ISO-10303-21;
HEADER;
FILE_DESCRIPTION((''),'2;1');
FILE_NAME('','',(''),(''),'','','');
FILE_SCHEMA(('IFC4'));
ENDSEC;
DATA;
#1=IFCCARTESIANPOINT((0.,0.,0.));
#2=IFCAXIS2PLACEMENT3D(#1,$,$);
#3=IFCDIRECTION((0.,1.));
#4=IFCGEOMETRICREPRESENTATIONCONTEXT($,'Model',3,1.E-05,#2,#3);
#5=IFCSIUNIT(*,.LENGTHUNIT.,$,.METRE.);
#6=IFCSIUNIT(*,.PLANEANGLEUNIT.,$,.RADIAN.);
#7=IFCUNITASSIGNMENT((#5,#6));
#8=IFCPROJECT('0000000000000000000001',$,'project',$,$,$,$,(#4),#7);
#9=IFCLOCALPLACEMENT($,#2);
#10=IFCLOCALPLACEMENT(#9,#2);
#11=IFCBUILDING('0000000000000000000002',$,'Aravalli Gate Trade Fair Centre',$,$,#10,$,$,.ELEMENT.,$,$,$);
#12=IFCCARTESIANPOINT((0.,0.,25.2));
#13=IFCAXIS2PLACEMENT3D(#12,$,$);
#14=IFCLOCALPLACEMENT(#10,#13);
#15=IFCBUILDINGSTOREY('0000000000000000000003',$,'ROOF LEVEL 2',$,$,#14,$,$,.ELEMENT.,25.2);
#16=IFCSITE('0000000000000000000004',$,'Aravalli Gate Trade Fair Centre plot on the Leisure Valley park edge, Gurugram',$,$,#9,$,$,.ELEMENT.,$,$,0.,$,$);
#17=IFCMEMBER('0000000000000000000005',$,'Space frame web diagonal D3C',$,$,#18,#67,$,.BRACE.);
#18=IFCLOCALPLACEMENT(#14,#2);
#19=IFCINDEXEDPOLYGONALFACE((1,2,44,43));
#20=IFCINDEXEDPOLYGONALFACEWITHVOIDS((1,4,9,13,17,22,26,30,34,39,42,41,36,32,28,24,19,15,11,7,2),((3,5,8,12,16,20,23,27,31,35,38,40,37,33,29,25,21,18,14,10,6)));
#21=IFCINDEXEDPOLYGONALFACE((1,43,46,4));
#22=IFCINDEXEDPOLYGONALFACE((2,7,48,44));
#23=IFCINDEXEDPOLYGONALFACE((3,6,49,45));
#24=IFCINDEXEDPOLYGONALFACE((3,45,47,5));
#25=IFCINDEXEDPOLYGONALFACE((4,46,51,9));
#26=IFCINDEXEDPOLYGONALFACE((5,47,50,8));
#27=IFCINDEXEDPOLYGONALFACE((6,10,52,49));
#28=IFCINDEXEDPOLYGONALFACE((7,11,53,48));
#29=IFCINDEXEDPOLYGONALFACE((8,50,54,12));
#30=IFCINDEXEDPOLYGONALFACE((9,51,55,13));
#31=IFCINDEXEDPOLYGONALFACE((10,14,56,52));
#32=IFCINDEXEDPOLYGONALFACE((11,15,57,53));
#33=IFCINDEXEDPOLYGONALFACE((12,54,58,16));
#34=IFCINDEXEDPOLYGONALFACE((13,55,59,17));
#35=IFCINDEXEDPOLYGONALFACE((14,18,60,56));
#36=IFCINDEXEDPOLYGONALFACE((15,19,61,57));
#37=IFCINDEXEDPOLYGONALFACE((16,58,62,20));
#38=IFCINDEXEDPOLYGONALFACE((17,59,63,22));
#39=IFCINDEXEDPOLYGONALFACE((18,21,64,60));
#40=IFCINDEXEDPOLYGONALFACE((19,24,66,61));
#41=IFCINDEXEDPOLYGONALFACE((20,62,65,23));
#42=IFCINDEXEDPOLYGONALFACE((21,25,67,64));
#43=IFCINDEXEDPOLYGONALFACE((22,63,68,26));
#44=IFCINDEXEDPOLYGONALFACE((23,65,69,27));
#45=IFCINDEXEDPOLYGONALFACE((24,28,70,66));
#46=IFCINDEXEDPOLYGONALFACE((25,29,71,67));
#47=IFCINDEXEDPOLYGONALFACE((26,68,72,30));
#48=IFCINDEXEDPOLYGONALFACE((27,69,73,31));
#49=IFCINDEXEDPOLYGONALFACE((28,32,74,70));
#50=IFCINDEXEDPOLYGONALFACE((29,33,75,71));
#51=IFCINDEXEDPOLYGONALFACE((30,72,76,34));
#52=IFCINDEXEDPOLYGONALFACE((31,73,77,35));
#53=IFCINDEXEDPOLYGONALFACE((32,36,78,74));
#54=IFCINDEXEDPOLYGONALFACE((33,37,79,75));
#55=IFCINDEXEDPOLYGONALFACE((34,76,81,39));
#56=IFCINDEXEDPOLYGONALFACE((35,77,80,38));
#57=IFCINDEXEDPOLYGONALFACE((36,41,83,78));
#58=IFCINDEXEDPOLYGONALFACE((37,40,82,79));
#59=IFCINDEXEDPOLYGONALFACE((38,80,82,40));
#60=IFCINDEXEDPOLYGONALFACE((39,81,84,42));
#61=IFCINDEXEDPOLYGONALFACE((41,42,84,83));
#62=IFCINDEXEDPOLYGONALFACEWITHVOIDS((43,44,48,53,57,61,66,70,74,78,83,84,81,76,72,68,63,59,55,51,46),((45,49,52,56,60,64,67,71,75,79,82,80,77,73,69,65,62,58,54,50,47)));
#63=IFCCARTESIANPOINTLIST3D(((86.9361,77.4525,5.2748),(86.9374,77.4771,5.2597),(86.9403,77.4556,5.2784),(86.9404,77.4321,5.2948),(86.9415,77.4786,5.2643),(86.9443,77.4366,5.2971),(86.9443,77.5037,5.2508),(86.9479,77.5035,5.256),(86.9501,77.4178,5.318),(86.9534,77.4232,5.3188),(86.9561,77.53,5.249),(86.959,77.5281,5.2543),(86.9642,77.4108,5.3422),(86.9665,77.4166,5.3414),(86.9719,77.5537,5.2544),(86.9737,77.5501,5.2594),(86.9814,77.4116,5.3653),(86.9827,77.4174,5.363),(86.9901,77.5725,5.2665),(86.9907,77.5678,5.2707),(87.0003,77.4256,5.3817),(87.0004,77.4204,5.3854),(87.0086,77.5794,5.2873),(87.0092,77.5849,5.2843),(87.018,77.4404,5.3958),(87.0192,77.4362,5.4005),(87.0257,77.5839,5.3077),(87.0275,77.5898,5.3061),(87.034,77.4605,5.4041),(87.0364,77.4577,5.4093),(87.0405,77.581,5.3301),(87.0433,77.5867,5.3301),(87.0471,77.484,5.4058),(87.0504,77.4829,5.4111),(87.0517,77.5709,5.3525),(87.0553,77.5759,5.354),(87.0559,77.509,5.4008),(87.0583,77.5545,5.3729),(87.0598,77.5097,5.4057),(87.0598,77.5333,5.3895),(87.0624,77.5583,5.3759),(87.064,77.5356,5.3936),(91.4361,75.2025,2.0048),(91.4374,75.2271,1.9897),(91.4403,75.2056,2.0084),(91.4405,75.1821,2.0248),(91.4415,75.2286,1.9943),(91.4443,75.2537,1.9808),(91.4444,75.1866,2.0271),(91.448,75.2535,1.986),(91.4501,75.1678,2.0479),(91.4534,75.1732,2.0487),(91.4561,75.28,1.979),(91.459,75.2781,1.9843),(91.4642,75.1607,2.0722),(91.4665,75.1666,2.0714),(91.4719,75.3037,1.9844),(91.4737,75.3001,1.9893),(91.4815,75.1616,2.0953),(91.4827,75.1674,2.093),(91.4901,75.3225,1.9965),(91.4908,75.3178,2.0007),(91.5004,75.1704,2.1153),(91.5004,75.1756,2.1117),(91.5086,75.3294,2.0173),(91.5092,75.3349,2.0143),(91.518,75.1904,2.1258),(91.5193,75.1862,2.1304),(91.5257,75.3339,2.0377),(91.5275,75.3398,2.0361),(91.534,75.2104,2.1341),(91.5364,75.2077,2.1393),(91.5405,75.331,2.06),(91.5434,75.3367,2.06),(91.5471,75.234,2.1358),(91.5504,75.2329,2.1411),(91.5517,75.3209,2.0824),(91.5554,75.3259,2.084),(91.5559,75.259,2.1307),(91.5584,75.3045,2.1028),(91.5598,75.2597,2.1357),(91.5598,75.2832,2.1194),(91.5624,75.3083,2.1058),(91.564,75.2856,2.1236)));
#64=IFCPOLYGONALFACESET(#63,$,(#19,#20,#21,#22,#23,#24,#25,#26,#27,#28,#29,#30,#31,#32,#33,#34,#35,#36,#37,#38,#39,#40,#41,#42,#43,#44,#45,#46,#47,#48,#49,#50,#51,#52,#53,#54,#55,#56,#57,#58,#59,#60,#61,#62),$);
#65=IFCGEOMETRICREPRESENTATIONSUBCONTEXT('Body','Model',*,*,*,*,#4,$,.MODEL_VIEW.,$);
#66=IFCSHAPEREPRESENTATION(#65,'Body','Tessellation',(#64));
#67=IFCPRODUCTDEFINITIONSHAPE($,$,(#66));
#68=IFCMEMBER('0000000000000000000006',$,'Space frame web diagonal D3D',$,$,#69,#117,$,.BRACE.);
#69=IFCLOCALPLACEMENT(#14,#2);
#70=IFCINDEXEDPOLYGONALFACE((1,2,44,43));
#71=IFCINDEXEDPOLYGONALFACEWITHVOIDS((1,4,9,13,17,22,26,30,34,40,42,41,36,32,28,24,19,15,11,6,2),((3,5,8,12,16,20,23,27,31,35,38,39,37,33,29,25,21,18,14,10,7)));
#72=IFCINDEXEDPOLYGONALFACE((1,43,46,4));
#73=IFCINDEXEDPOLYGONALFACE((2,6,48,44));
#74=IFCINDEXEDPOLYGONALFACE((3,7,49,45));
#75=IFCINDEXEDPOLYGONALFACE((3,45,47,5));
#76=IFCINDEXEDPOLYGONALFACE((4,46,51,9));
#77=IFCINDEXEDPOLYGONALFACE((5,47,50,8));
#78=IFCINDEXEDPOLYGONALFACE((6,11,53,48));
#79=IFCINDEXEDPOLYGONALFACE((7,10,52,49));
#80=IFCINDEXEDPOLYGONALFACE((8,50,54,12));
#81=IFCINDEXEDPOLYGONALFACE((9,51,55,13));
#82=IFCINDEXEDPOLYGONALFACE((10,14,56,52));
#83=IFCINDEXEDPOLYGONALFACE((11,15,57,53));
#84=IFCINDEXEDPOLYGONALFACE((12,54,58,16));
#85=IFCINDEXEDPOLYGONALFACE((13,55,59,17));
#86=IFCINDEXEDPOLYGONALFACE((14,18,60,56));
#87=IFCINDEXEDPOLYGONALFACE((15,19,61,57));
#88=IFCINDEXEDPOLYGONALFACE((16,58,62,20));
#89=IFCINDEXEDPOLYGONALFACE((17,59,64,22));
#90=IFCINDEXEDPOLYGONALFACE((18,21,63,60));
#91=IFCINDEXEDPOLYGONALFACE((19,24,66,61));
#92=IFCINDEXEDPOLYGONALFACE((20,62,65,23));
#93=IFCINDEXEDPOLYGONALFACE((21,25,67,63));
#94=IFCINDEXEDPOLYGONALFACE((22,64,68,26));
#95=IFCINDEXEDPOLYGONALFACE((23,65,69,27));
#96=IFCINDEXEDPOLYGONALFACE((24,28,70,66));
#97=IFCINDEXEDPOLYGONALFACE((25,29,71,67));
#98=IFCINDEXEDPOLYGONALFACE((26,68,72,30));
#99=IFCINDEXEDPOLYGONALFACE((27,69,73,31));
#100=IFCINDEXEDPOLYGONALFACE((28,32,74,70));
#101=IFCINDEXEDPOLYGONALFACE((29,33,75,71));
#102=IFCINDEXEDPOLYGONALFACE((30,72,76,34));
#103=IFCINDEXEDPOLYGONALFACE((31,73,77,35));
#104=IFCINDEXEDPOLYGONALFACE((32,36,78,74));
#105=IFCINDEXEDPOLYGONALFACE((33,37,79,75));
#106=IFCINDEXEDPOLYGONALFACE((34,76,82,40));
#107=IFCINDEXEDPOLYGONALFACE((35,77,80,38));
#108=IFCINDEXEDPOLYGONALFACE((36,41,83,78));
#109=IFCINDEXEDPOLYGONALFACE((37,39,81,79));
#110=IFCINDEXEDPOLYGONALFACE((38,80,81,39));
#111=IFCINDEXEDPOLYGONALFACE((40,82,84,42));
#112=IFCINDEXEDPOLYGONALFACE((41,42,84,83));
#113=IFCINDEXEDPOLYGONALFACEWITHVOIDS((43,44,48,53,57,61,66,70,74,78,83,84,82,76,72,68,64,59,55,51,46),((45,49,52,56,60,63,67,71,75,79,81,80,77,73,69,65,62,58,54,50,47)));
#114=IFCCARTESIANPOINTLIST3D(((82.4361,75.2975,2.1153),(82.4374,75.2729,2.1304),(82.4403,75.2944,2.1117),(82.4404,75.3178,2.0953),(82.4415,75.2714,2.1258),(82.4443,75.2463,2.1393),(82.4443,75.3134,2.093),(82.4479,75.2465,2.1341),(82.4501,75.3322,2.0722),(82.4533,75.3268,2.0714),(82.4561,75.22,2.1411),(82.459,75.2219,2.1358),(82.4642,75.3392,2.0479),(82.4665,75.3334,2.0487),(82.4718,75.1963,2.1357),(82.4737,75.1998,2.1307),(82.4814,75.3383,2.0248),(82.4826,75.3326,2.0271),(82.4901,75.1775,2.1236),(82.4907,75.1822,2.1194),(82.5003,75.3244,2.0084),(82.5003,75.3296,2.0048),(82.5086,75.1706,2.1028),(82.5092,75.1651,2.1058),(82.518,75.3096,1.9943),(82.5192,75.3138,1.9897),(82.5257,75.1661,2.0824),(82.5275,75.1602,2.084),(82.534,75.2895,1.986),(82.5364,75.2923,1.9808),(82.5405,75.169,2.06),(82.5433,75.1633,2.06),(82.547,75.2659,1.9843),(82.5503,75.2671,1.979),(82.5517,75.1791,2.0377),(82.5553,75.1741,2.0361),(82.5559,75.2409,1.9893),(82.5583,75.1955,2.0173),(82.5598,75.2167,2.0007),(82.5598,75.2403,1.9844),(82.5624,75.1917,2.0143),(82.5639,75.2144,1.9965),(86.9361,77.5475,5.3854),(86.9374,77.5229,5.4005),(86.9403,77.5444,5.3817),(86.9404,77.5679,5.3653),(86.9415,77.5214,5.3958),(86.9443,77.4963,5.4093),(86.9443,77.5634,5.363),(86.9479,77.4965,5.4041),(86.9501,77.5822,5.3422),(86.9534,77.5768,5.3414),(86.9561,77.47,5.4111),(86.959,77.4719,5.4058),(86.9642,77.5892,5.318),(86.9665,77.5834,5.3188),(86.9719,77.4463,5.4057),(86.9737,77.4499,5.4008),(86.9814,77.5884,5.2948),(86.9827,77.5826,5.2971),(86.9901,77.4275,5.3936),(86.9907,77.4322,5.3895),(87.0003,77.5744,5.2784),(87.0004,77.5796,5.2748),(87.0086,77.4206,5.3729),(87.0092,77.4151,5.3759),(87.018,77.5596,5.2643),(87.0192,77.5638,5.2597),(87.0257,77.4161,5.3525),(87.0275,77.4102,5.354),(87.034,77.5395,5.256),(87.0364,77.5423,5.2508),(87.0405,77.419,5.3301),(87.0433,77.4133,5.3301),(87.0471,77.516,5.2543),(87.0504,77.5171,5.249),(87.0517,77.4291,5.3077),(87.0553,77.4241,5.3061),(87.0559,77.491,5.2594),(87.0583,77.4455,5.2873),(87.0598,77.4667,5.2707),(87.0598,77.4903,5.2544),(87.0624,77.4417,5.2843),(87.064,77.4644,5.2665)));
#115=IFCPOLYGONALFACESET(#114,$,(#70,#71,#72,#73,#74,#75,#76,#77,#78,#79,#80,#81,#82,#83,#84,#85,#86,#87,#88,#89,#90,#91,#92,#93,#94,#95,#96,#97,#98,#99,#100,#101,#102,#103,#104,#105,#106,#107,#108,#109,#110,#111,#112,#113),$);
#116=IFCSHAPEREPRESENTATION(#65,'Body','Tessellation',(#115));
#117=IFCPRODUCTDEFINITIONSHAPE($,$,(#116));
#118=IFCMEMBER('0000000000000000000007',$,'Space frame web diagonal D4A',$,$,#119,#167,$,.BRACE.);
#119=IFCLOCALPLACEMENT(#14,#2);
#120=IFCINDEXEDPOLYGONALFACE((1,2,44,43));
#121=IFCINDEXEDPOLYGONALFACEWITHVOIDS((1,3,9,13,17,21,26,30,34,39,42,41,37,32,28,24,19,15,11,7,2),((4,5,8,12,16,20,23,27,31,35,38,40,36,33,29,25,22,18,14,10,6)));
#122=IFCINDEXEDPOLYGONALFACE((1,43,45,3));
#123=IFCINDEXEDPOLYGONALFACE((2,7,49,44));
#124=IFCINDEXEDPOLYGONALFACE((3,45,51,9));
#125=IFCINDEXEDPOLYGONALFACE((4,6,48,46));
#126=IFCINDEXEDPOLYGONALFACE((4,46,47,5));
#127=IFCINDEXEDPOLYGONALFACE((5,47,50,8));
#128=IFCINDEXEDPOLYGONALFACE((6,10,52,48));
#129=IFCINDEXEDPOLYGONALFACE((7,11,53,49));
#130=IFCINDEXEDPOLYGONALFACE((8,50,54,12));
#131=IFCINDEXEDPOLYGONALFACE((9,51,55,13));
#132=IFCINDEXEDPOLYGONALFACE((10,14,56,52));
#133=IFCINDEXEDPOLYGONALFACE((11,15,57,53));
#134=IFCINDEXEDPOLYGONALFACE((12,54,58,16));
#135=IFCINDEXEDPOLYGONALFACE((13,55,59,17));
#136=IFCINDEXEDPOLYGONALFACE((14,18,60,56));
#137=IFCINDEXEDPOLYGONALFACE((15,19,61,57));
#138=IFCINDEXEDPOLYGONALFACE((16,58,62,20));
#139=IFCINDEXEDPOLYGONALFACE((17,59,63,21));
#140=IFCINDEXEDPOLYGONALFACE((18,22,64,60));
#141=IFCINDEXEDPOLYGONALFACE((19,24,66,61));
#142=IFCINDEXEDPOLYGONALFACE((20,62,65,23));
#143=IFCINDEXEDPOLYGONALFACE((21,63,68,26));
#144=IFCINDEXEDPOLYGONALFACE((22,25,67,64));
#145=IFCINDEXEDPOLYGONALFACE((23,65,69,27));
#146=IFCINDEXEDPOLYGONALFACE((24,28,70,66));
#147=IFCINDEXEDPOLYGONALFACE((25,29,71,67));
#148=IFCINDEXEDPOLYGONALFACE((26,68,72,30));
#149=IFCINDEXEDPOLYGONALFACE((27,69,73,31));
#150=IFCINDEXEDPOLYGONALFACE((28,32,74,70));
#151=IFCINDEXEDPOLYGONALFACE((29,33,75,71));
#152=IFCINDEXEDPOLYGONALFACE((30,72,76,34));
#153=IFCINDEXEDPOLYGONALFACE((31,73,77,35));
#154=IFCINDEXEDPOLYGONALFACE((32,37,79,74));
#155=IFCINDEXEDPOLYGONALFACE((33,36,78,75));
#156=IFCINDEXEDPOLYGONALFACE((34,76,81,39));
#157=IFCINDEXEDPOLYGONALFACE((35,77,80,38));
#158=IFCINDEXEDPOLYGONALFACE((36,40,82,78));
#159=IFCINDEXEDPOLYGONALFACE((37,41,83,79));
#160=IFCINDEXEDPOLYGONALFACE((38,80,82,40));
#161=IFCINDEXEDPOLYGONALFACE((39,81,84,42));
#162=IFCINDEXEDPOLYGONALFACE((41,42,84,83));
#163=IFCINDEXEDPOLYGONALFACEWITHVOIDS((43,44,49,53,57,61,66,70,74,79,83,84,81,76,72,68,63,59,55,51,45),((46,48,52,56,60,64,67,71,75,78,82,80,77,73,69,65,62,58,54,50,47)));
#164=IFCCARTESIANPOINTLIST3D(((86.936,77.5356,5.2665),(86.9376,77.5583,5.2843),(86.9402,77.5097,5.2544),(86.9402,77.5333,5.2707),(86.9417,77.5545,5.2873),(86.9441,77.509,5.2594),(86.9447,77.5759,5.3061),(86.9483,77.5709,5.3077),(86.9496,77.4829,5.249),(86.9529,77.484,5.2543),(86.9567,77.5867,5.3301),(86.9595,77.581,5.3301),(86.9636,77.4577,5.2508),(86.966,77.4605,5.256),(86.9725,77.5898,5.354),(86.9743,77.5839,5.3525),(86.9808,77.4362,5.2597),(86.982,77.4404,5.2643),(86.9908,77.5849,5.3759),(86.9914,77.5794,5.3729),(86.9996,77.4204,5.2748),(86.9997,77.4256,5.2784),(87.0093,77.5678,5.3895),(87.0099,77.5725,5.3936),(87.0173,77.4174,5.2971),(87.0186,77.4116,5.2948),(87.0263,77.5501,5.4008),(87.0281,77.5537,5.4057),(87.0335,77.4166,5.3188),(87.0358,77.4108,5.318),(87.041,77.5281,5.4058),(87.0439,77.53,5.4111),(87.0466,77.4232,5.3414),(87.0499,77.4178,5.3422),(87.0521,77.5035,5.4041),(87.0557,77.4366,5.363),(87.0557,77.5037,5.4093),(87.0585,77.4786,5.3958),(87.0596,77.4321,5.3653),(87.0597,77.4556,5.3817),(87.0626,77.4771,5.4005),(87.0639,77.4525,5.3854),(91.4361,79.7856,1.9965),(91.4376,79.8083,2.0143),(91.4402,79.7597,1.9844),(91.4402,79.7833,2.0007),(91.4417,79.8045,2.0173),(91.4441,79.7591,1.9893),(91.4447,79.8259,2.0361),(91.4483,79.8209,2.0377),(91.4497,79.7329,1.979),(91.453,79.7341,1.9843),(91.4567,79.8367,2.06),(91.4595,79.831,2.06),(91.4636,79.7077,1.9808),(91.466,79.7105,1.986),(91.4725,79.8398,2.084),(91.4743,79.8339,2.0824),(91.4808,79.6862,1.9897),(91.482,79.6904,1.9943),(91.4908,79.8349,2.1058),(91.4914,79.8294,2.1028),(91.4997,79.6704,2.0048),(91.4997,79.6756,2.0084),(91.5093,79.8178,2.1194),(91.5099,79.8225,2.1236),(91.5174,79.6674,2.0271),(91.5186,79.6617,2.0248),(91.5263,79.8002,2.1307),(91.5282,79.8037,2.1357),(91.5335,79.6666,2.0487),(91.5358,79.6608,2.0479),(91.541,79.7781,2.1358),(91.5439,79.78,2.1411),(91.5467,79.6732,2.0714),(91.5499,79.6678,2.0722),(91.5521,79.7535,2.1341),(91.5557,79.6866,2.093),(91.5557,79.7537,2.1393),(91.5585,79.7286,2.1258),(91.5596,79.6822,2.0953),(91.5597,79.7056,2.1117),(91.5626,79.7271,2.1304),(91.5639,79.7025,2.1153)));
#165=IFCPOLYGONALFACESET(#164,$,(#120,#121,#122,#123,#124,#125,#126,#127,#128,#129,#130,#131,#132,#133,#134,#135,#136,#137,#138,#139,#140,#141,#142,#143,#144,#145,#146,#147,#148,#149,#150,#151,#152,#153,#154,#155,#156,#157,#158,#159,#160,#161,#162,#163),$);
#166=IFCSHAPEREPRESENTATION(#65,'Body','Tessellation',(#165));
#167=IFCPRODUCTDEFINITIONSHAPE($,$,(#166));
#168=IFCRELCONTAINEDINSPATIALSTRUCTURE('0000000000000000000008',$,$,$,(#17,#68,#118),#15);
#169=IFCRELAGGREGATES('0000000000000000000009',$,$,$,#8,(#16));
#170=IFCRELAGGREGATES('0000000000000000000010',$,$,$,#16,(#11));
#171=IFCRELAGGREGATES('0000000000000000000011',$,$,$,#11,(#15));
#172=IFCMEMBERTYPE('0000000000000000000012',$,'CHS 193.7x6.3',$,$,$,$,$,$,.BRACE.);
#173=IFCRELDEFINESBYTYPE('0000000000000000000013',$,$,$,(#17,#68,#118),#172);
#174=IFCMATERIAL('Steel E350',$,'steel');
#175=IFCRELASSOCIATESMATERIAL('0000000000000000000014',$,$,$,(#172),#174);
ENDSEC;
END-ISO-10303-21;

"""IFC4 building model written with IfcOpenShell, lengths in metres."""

from ifc_helpers import new_model, si_unit, direction, frame, origin, origin_2d, place, context, subcontext, project, spatial, hollow_circle, extrude, material, material_profile, profile_set, type_object, element, save


model = new_model("IFC4")

# Units and contexts
model_context = context("Model", 3, precision=1e-05, world=origin(), true_north=direction((0.0, 1.0)))
body_context = subcontext(model_context, "Body", "Model", "MODEL_VIEW")
ifc_project = project(units=[si_unit("LENGTHUNIT", "METRE"), si_unit("PLANEANGLEUNIT", "RADIAN")], contexts=[model_context])

# Site, building, storey
site_placement = place(None, origin())
site = spatial("IfcSite", under=ifc_project, at=site_placement, Name="Aravalli Gate Trade Fair Centre plot on the Leisure Valley park edge, Gurugram", CompositionType="ELEMENT", RefElevation=0.0)
building_placement = place(site_placement, origin())
building = spatial("IfcBuilding", under=site, at=building_placement, Name="Aravalli Gate Trade Fair Centre", CompositionType="ELEMENT")
storey_placement = place(building_placement, frame((0.0, 0.0, 25.2)))
storey = spatial("IfcBuildingStorey", under=building, at=storey_placement, Name="ROOF LEVEL 2", CompositionType="ELEMENT", Elevation=25.2)

# Members
ifc_material_1 = material(Name="Steel E350", Category="steel")
ifc_material_profile_1 = material_profile(ifc_material_1, hollow_circle(Radius=0.0969, WallThickness=0.0063, at=origin_2d()), Name="CHS 193.7x6.3")
ifc_profile_set_1 = profile_set([ifc_material_profile_1], Name="Steel E350")
member_type_1 = type_object("IfcMemberType", Name="CHS 193.7x6.3", PredefinedType="BRACE", material=ifc_profile_set_1)
for number, where, z_axis, x_axis, name in (
    (1, (87.0, 77.5, 5.3301), (0.749942, -0.374971, -0.544961), (0.447214, 0.894427, 0.0), "Space frame web diagonal D3C"),
    (2, (87.0, 77.5, 5.3301), (-0.749942, -0.374971, -0.544961), (0.447214, -0.894427, 0.0), "Space frame web diagonal D3D"),
    (3, (87.0, 77.5, 5.3301), (0.749942, 0.374971, -0.544961), (-0.447214, 0.894427, 0.0), "Space frame web diagonal D4A"),
):
    element("IfcMember", number, at=place(storey_placement, frame(where, z_axis=z_axis, x_axis=x_axis)), inside=storey, type_object=member_type_1, Name=name, PredefinedType="BRACE", context=body_context, shape_type="SweptSolid", body=[
        extrude(hollow_circle(Radius=0.0969, WallThickness=0.0063, at=origin_2d()), origin(), (0.0, 0.0, 1.0), 6.0005),
    ])

save(model, "model.ifc")
